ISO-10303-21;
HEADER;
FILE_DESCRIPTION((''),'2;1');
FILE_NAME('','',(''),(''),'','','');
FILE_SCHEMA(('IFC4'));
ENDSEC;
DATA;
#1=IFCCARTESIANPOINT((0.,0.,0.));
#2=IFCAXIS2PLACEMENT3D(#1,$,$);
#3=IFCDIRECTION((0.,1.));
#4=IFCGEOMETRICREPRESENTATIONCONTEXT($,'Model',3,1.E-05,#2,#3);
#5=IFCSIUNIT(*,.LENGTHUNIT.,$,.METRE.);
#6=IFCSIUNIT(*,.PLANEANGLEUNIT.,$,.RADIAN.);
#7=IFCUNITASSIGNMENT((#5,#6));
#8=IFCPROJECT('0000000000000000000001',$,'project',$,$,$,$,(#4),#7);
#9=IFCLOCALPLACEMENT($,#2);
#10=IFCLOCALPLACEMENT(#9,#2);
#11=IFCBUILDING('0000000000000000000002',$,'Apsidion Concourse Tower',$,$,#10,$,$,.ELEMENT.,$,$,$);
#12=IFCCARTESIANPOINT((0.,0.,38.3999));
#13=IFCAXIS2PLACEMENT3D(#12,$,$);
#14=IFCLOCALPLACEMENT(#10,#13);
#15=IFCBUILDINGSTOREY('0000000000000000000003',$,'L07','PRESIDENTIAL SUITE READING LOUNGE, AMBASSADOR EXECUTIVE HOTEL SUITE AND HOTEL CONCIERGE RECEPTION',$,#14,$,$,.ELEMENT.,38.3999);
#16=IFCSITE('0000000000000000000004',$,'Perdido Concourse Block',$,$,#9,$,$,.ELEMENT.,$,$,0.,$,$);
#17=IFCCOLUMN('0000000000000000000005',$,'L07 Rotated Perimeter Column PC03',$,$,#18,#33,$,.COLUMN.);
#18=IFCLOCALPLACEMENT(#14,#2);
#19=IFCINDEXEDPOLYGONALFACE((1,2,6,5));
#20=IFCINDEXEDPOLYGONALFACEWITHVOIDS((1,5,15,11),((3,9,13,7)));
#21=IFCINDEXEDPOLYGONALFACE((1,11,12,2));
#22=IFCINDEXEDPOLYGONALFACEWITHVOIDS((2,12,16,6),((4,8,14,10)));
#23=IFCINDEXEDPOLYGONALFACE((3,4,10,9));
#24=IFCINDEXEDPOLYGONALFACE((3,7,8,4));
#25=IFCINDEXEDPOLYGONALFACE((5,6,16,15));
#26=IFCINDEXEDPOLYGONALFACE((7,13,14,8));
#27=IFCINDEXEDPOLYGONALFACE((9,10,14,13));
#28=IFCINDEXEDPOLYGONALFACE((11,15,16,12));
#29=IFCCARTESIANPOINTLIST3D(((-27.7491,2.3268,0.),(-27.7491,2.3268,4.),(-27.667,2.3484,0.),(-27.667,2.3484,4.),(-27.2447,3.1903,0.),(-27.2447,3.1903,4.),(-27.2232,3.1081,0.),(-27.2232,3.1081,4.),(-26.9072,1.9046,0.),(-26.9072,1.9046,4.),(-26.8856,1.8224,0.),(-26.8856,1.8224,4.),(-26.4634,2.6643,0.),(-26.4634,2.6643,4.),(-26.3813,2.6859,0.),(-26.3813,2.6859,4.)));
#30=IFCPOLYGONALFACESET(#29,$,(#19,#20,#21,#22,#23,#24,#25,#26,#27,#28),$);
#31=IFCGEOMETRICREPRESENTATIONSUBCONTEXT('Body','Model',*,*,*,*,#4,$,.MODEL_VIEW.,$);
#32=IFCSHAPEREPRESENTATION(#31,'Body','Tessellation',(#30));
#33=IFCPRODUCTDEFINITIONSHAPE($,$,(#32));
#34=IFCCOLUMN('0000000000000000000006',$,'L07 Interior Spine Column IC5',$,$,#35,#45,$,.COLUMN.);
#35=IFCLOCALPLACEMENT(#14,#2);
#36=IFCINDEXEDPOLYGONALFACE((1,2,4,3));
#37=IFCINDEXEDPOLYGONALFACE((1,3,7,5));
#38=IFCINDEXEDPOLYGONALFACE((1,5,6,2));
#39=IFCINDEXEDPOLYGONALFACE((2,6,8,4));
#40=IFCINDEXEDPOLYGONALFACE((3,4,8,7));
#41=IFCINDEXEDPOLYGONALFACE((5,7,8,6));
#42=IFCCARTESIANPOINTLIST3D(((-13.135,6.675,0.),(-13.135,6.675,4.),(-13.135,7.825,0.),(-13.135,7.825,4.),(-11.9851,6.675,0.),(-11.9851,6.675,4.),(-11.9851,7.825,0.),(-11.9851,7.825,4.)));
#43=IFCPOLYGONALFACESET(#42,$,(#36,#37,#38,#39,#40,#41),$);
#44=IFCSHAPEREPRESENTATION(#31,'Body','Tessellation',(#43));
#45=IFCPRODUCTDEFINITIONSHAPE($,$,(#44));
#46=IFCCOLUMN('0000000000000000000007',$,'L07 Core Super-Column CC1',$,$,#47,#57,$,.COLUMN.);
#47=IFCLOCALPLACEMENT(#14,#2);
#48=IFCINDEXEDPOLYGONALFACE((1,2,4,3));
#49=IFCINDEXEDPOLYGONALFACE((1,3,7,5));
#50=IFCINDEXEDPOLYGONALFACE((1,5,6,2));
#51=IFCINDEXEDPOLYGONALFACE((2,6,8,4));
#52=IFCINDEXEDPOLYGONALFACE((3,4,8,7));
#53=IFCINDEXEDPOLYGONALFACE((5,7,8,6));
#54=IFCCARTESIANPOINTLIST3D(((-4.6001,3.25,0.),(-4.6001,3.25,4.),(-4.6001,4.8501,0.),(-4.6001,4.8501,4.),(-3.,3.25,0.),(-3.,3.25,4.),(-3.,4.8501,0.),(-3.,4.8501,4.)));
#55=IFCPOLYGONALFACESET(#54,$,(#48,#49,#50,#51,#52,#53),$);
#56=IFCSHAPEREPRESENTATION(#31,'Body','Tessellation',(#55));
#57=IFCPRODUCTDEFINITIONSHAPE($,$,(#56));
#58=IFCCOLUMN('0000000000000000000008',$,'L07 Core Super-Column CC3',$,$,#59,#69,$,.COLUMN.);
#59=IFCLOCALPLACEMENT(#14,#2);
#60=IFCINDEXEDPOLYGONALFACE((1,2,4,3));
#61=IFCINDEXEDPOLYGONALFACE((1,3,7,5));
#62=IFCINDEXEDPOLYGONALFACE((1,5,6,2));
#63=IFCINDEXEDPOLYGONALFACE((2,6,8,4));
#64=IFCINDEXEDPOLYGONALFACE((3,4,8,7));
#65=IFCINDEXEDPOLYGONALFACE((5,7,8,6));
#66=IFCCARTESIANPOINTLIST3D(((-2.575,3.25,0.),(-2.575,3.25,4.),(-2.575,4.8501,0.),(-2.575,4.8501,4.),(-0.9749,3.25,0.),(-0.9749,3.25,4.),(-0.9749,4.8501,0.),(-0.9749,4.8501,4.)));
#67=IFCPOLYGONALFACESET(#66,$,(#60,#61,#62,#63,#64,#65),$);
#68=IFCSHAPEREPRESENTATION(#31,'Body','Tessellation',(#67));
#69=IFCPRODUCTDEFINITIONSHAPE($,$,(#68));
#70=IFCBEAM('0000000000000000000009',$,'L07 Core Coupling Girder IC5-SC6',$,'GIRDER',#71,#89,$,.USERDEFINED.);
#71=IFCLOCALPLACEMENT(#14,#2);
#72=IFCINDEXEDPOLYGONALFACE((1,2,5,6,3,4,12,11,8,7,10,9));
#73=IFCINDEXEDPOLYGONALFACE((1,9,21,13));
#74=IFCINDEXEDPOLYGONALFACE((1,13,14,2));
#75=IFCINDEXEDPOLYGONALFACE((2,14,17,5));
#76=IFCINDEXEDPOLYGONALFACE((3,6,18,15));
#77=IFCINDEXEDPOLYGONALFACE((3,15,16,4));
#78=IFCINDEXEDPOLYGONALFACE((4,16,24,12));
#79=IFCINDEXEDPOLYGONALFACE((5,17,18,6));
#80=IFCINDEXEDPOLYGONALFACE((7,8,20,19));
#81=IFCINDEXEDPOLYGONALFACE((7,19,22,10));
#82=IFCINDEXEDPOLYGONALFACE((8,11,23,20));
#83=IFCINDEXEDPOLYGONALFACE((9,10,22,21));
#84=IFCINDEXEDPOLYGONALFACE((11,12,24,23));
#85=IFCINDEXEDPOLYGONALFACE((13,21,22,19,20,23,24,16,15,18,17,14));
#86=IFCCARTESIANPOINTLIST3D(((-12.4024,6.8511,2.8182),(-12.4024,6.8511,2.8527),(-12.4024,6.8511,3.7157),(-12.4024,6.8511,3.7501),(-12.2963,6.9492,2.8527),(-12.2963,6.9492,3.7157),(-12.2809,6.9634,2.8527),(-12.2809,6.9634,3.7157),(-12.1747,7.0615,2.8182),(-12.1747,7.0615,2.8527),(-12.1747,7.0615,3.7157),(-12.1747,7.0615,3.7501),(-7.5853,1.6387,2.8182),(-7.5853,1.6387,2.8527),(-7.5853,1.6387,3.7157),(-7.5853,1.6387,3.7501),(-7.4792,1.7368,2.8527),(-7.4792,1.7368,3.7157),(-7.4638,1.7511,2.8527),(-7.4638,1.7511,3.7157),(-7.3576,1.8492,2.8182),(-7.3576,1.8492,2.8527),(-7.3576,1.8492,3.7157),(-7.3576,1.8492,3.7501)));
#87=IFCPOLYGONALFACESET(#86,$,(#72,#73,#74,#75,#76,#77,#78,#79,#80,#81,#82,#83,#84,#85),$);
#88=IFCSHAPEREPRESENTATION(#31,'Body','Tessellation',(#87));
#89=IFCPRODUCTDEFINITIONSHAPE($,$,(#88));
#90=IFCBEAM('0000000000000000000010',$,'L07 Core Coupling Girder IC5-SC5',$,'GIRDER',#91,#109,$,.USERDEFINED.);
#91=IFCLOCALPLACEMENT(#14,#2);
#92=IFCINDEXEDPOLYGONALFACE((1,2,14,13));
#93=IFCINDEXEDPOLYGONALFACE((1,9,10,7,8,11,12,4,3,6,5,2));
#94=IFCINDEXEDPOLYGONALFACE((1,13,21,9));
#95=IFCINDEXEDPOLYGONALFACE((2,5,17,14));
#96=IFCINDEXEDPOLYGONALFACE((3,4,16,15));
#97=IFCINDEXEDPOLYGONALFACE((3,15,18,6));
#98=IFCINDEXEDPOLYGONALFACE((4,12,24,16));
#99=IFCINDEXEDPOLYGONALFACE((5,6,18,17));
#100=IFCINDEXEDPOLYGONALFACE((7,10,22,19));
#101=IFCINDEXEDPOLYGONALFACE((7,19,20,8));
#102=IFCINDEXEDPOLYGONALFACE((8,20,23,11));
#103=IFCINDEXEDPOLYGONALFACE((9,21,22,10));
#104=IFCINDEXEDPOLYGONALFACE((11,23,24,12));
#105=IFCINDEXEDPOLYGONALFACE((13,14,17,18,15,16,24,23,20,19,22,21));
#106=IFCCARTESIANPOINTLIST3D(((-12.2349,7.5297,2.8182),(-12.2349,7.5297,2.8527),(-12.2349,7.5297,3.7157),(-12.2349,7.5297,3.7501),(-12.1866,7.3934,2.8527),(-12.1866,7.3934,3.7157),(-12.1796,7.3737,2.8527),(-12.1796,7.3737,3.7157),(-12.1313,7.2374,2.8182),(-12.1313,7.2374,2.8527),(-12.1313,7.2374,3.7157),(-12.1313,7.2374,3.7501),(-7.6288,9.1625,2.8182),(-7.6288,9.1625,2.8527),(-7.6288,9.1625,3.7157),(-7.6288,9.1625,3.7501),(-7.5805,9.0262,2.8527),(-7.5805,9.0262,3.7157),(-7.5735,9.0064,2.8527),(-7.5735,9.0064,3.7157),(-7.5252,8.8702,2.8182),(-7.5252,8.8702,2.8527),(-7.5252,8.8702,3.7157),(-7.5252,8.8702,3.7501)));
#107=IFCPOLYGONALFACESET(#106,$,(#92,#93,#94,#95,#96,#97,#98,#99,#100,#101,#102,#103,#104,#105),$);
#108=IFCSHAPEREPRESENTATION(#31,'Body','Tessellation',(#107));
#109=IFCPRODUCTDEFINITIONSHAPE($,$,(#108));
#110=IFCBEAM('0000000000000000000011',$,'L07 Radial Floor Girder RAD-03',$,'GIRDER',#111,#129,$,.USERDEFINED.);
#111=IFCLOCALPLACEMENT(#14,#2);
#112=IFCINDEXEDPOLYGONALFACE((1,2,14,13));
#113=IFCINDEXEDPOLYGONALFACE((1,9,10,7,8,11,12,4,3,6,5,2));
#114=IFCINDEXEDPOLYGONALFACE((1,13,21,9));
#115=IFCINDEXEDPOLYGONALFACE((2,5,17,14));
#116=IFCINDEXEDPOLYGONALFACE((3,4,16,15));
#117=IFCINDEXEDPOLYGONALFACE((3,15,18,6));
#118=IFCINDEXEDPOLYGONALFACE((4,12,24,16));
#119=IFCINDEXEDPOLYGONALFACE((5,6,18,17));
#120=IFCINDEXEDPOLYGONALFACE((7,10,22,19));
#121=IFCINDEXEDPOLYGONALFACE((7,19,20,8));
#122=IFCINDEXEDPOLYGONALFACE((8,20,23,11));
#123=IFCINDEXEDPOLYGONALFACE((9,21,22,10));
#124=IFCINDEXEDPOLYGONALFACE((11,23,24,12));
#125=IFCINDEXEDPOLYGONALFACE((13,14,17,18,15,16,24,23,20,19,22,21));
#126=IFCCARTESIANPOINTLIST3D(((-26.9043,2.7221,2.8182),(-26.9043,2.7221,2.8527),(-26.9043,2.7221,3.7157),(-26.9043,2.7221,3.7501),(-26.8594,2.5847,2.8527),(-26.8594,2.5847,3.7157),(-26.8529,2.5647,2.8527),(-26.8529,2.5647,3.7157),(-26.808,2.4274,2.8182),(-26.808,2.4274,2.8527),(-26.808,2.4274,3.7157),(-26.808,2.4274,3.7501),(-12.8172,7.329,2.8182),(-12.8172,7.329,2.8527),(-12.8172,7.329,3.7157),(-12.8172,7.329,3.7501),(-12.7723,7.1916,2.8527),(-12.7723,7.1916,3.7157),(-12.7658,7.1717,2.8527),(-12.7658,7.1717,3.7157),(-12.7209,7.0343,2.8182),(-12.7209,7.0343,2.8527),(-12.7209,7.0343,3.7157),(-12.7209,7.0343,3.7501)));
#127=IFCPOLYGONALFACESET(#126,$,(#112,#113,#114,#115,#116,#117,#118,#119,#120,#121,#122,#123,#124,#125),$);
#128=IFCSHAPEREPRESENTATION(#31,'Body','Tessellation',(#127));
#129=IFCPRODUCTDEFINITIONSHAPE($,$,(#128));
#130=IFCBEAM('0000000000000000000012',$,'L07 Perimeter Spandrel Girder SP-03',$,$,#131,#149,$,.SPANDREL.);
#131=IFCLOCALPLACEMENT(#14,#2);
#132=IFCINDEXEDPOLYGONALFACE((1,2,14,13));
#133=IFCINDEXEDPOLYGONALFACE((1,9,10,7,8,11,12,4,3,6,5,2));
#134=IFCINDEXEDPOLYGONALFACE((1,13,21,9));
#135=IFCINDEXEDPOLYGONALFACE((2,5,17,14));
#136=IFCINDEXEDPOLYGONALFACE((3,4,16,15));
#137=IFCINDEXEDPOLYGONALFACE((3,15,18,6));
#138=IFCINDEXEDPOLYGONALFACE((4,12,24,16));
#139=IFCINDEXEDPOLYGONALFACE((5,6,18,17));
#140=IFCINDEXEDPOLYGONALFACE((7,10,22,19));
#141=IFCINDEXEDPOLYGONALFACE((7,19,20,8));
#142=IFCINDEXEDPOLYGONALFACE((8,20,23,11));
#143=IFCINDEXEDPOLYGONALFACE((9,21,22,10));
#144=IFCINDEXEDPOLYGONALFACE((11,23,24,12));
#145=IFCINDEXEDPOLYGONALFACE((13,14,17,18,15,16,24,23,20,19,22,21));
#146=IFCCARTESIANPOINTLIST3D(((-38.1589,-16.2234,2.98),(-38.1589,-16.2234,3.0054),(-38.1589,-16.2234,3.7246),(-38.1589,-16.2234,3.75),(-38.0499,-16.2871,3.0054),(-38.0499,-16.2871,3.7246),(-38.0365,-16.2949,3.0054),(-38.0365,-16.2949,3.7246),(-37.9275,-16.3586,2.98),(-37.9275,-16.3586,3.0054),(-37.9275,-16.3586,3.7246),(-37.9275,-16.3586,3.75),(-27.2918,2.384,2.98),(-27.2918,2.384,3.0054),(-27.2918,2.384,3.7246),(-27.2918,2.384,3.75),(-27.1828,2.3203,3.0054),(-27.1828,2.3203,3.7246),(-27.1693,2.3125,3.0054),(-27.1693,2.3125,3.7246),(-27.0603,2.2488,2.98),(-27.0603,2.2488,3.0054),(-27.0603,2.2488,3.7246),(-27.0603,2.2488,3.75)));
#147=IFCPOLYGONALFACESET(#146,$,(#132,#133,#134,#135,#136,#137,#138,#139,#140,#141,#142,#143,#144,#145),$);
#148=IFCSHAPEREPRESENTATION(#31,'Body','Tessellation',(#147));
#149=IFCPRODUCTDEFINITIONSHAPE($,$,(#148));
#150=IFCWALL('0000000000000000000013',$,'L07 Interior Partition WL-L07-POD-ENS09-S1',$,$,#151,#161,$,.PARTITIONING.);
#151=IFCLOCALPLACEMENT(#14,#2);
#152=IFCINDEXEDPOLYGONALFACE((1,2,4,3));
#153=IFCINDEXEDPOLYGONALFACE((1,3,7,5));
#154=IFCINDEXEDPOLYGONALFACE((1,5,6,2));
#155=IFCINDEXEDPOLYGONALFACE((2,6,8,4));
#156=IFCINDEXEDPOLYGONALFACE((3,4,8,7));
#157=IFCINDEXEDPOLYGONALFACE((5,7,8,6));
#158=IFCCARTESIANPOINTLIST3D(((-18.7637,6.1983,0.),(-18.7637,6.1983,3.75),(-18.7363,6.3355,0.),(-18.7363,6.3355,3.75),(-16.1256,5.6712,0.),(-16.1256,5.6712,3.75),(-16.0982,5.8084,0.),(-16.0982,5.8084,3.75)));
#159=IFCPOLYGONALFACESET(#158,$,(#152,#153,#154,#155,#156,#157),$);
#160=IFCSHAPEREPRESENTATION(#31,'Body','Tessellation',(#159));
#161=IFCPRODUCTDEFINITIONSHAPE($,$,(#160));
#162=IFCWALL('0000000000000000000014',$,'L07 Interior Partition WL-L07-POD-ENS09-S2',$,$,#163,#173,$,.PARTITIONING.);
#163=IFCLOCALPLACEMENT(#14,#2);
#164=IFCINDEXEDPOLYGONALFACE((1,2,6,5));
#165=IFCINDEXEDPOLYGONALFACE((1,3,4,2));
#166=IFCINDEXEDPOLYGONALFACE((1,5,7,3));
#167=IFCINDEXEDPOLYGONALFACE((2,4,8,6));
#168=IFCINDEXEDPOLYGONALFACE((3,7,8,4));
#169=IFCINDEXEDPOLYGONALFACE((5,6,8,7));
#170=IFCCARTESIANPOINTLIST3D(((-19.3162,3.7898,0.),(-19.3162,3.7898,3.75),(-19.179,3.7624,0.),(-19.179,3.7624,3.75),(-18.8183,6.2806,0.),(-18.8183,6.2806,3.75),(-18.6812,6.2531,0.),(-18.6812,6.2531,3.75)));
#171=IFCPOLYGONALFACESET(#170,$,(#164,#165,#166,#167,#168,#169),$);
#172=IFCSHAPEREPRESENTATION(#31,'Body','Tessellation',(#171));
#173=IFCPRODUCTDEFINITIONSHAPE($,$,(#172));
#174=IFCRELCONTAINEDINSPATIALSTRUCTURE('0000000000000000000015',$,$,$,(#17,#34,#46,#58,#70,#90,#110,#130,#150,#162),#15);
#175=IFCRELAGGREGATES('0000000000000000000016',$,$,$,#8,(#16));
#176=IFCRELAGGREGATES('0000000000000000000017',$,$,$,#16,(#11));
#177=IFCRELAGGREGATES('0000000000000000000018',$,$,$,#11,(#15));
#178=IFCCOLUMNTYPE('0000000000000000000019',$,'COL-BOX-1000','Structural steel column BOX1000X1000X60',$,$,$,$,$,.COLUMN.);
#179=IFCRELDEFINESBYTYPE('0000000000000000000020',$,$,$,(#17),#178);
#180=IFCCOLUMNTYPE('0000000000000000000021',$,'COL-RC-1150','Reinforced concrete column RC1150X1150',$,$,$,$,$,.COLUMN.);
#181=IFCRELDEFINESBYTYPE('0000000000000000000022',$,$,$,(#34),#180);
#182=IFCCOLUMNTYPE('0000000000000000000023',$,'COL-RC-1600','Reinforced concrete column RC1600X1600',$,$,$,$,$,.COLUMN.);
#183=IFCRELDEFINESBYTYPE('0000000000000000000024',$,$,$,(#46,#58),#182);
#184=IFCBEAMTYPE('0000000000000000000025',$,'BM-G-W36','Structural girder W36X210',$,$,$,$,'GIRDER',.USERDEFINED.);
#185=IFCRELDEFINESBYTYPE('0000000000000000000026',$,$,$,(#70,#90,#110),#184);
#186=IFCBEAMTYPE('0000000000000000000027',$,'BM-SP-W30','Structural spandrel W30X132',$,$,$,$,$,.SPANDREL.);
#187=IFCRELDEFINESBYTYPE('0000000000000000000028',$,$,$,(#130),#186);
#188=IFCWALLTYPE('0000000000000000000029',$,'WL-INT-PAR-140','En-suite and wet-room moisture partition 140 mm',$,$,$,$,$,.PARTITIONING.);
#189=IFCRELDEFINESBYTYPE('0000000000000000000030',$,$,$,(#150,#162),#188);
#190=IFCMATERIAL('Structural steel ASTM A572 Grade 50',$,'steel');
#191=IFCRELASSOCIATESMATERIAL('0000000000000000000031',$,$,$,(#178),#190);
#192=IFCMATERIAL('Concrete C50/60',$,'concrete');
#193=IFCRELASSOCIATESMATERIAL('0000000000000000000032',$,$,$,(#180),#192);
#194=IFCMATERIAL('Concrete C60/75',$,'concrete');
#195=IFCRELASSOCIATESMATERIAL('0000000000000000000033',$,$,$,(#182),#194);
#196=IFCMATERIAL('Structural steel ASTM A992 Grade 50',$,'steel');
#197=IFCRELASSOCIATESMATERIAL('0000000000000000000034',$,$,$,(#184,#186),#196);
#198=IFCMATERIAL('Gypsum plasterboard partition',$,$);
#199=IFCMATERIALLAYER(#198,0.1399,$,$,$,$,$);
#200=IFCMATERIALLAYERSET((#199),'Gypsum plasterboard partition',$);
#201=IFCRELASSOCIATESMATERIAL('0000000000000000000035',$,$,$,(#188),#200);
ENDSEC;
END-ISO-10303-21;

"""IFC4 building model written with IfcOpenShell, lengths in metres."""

from ifc_helpers import new_model, si_unit, direction, frame, frame_2d, origin, origin_2d, place, context, subcontext, project, spatial, rectangle, hollow_rectangle, i_section, extrude, material, layer, layer_set, material_profile, profile_set, type_object, element, save


model = new_model("IFC4")

# Units and contexts
model_context = context("Model", 3, precision=1e-05, world=origin(), true_north=direction((0.0, 1.0)))
body_context = subcontext(model_context, "Body", "Model", "MODEL_VIEW")
ifc_project = project(units=[si_unit("LENGTHUNIT", "METRE"), si_unit("PLANEANGLEUNIT", "RADIAN")], contexts=[model_context])

# Site, building, storey
site_placement = place(None, origin())
site = spatial("IfcSite", under=ifc_project, at=site_placement, Name="Perdido Concourse Block", CompositionType="ELEMENT", RefElevation=0.0)
building_placement = place(site_placement, origin())
building = spatial("IfcBuilding", under=site, at=building_placement, Name="Apsidion Concourse Tower", CompositionType="ELEMENT")
storey_placement = place(building_placement, frame((0.0, 0.0, 38.3999)))
storey = spatial("IfcBuildingStorey", under=building, at=storey_placement, Name="L07", Description="PRESIDENTIAL SUITE READING LOUNGE, AMBASSADOR EXECUTIVE HOTEL SUITE AND HOTEL CONCIERGE RECEPTION", CompositionType="ELEMENT", Elevation=38.3999)

# Columns
ifc_material_1 = material(Name="Structural steel ASTM A572 Grade 50", Category="steel")
ifc_material_profile_1 = material_profile(ifc_material_1, hollow_rectangle(XDim=1.0, YDim=1.0, WallThickness=0.0601, at=origin_2d()), Name="BOX1000X1000X60")
ifc_profile_set_1 = profile_set([ifc_material_profile_1], Name="Structural steel ASTM A572 Grade 50")
column_type_1 = type_object("IfcColumnType", Name="COL-BOX-1000", Description="Structural steel column BOX1000X1000X60", PredefinedType="COLUMN", material=ifc_profile_set_1)
column_1_placement = place(storey_placement, frame((-27.0652, 2.5063, 0.0), z_axis=(0.0, 0.0, 1.0), x_axis=(0.504377, 0.863484, 0.0)))
element("IfcColumn", 1, at=column_1_placement, inside=storey, type_object=column_type_1, Name="L07 Rotated Perimeter Column PC03", PredefinedType="COLUMN", context=body_context, shape_type="SweptSolid", body=[
    extrude(hollow_rectangle(XDim=1.0, YDim=1.0, WallThickness=0.0601, at=origin_2d()), origin(), (0.0, 0.0, 1.0), 4.0),
])
ifc_material_2 = material(Name="Concrete C50/60", Category="concrete")
ifc_material_profile_2 = material_profile(ifc_material_2, rectangle(XDim=1.1499, YDim=1.1499, at=origin_2d()), Name="RC 1150x1150")
ifc_profile_set_2 = profile_set([ifc_material_profile_2], Name="Concrete C50/60")
column_type_2 = type_object("IfcColumnType", Name="COL-RC-1150", Description="Reinforced concrete column RC1150X1150", PredefinedType="COLUMN", material=ifc_profile_set_2)
column_2_placement = place(storey_placement, frame((-12.5601, 7.25, 0.0), z_axis=(0.0, 0.0, 1.0), x_axis=(1.0, 0.0, 0.0)))
element("IfcColumn", 2, at=column_2_placement, inside=storey, type_object=column_type_2, Name="L07 Interior Spine Column IC5", PredefinedType="COLUMN", context=body_context, shape_type="SweptSolid", body=[
    extrude(rectangle(XDim=1.1499, YDim=1.1499, at=origin_2d()), origin(), (0.0, 0.0, 1.0), 4.0),
])
ifc_material_3 = material(Name="Concrete C60/75", Category="concrete")
ifc_material_profile_3 = material_profile(ifc_material_3, rectangle(XDim=1.6001, YDim=1.6001, at=origin_2d()), Name="RC 1600x1600")
ifc_profile_set_3 = profile_set([ifc_material_profile_3], Name="Concrete C60/75")
column_type_3 = type_object("IfcColumnType", Name="COL-RC-1600", Description="Reinforced concrete column RC1600X1600", PredefinedType="COLUMN", material=ifc_profile_set_3)
for number, where, z_axis, x_axis, name in (
    (3, (-3.8, 4.05, 0.0), (0.0, 0.0, 1.0), (1.0, 0.0, 0.0), "L07 Core Super-Column CC1"),
    (4, (-1.7749, 4.05, 0.0), (0.0, 0.0, 1.0), (1.0, 0.0, 0.0), "L07 Core Super-Column CC3"),
):
    element("IfcColumn", number, at=place(storey_placement, frame(where, z_axis=z_axis, x_axis=x_axis)), inside=storey, type_object=column_type_3, Name=name, PredefinedType="COLUMN", context=body_context, shape_type="SweptSolid", body=[
        extrude(rectangle(XDim=1.6001, YDim=1.6001, at=origin_2d()), origin(), (0.0, 0.0, 1.0), 4.0),
    ])

# Beams
ifc_material_4 = material(Name="Structural steel ASTM A992 Grade 50", Category="steel")
ifc_material_profile_4 = material_profile(ifc_material_4, i_section(OverallWidth=0.3101, OverallDepth=0.9319, WebThickness=0.021, FlangeThickness=0.0344, at=origin_2d()), Name="W36X210")
ifc_profile_set_4 = profile_set([ifc_material_profile_4], Name="Structural steel ASTM A992 Grade 50")
beam_type_1 = type_object("IfcBeamType", Name="BM-G-W36", Description="Structural girder W36X210", ElementType="GIRDER", PredefinedType="USERDEFINED", material=ifc_profile_set_4)
beam_1_placement = place(storey_placement, frame((-12.2886, 6.9563, 3.2842), z_axis=(0.678713, -0.734404, 0.0), x_axis=(0.734404, 0.678713, 0.0)))
element("IfcBeam", 5, at=beam_1_placement, inside=storey, type_object=beam_type_1, Name="L07 Core Coupling Girder IC5-SC6", ObjectType="GIRDER", PredefinedType="USERDEFINED", context=body_context, shape_type="SweptSolid", body=[
    extrude(i_section(OverallWidth=0.3101, OverallDepth=0.9319, WebThickness=0.021, FlangeThickness=0.0344, at=origin_2d()), origin(), (0.0, 0.0, 1.0), 7.0974),
])
beam_2_placement = place(storey_placement, frame((-12.1831, 7.3835, 3.2842), z_axis=(0.942534, 0.334111, 0.0), x_axis=(-0.334111, 0.942534, 0.0)))
element("IfcBeam", 6, at=beam_2_placement, inside=storey, type_object=beam_type_1, Name="L07 Core Coupling Girder IC5-SC5", ObjectType="GIRDER", PredefinedType="USERDEFINED", context=body_context, shape_type="SweptSolid", body=[
    extrude(i_section(OverallWidth=0.3101, OverallDepth=0.9319, WebThickness=0.021, FlangeThickness=0.0344, at=origin_2d()), origin(), (0.0, 0.0, 1.0), 4.887),
])
beam_3_placement = place(storey_placement, frame((-12.769, 7.1816, 3.2842), z_axis=(-0.950465, -0.310831, 0.0), x_axis=(0.310831, -0.950465, 0.0)))
element("IfcBeam", 7, at=beam_3_placement, inside=storey, type_object=beam_type_1, Name="L07 Radial Floor Girder RAD-03", ObjectType="GIRDER", PredefinedType="USERDEFINED", context=body_context, shape_type="SweptSolid", body=[
    extrude(i_section(OverallWidth=0.3101, OverallDepth=0.9319, WebThickness=0.021, FlangeThickness=0.0344, at=origin_2d()), origin(), (0.0, 0.0, 1.0), 14.8213),
])
ifc_material_profile_5 = material_profile(ifc_material_4, i_section(OverallWidth=0.2681, OverallDepth=0.77, WebThickness=0.0156, FlangeThickness=0.0254, at=origin_2d()), Name="W30X132")
ifc_profile_set_5 = profile_set([ifc_material_profile_5], Name="Structural steel ASTM A992 Grade 50")
beam_type_2 = type_object("IfcBeamType", Name="BM-SP-W30", Description="Structural spandrel W30X132", PredefinedType="SPANDREL", material=ifc_profile_set_5)
beam_4_placement = place(storey_placement, frame((-27.176, 2.3164, 3.365), z_axis=(-0.504316, -0.863519, 0.0), x_axis=(0.863519, -0.504316, 0.0)))
element("IfcBeam", 8, at=beam_4_placement, inside=storey, type_object=beam_type_2, Name="L07 Perimeter Spandrel Girder SP-03", PredefinedType="SPANDREL", context=body_context, shape_type="SweptSolid", body=[
    extrude(i_section(OverallWidth=0.2681, OverallDepth=0.77, WebThickness=0.0156, FlangeThickness=0.0254, at=origin_2d()), origin(), (0.0, 0.0, 1.0), 21.5483),
])

# Walls
ifc_material_5 = material(Name="Gypsum plasterboard partition")
ifc_layer_1 = layer(ifc_material_5, 0.1399)
ifc_layer_set_1 = layer_set([ifc_layer_1], Name="Gypsum plasterboard partition")
wall_type_1 = type_object("IfcWallType", Name="WL-INT-PAR-140", Description="En-suite and wet-room moisture partition 140 mm", PredefinedType="PARTITIONING", material=ifc_layer_set_1)
wall_1_placement = place(storey_placement, frame((-16.1118, 5.7397, 0.0), z_axis=(0.0, 0.0, 1.0), x_axis=(-0.980616, 0.195942, 0.0)))
element("IfcWall", 9, at=wall_1_placement, inside=storey, type_object=wall_type_1, Name="L07 Interior Partition WL-L07-POD-ENS09-S1", PredefinedType="PARTITIONING", context=body_context, shape_type="SweptSolid", body=[
    extrude(rectangle(XDim=2.6902, YDim=0.1399, at=frame_2d((1.3452, 0.0))), origin(), (0.0, 0.0, 1.0), 3.75),
])
wall_2_placement = place(storey_placement, frame((-18.7498, 6.2668, 0.0), z_axis=(0.0, 0.0, 1.0), x_axis=(-0.195987, -0.980607, 0.0)))
element("IfcWall", 10, at=wall_2_placement, inside=storey, type_object=wall_type_1, Name="L07 Interior Partition WL-L07-POD-ENS09-S2", PredefinedType="PARTITIONING", context=body_context, shape_type="SweptSolid", body=[
    extrude(rectangle(XDim=2.54, YDim=0.1399, at=frame_2d((1.27, 0.0))), origin(), (0.0, 0.0, 1.0), 3.75),
])

save(model, "model.ifc")
